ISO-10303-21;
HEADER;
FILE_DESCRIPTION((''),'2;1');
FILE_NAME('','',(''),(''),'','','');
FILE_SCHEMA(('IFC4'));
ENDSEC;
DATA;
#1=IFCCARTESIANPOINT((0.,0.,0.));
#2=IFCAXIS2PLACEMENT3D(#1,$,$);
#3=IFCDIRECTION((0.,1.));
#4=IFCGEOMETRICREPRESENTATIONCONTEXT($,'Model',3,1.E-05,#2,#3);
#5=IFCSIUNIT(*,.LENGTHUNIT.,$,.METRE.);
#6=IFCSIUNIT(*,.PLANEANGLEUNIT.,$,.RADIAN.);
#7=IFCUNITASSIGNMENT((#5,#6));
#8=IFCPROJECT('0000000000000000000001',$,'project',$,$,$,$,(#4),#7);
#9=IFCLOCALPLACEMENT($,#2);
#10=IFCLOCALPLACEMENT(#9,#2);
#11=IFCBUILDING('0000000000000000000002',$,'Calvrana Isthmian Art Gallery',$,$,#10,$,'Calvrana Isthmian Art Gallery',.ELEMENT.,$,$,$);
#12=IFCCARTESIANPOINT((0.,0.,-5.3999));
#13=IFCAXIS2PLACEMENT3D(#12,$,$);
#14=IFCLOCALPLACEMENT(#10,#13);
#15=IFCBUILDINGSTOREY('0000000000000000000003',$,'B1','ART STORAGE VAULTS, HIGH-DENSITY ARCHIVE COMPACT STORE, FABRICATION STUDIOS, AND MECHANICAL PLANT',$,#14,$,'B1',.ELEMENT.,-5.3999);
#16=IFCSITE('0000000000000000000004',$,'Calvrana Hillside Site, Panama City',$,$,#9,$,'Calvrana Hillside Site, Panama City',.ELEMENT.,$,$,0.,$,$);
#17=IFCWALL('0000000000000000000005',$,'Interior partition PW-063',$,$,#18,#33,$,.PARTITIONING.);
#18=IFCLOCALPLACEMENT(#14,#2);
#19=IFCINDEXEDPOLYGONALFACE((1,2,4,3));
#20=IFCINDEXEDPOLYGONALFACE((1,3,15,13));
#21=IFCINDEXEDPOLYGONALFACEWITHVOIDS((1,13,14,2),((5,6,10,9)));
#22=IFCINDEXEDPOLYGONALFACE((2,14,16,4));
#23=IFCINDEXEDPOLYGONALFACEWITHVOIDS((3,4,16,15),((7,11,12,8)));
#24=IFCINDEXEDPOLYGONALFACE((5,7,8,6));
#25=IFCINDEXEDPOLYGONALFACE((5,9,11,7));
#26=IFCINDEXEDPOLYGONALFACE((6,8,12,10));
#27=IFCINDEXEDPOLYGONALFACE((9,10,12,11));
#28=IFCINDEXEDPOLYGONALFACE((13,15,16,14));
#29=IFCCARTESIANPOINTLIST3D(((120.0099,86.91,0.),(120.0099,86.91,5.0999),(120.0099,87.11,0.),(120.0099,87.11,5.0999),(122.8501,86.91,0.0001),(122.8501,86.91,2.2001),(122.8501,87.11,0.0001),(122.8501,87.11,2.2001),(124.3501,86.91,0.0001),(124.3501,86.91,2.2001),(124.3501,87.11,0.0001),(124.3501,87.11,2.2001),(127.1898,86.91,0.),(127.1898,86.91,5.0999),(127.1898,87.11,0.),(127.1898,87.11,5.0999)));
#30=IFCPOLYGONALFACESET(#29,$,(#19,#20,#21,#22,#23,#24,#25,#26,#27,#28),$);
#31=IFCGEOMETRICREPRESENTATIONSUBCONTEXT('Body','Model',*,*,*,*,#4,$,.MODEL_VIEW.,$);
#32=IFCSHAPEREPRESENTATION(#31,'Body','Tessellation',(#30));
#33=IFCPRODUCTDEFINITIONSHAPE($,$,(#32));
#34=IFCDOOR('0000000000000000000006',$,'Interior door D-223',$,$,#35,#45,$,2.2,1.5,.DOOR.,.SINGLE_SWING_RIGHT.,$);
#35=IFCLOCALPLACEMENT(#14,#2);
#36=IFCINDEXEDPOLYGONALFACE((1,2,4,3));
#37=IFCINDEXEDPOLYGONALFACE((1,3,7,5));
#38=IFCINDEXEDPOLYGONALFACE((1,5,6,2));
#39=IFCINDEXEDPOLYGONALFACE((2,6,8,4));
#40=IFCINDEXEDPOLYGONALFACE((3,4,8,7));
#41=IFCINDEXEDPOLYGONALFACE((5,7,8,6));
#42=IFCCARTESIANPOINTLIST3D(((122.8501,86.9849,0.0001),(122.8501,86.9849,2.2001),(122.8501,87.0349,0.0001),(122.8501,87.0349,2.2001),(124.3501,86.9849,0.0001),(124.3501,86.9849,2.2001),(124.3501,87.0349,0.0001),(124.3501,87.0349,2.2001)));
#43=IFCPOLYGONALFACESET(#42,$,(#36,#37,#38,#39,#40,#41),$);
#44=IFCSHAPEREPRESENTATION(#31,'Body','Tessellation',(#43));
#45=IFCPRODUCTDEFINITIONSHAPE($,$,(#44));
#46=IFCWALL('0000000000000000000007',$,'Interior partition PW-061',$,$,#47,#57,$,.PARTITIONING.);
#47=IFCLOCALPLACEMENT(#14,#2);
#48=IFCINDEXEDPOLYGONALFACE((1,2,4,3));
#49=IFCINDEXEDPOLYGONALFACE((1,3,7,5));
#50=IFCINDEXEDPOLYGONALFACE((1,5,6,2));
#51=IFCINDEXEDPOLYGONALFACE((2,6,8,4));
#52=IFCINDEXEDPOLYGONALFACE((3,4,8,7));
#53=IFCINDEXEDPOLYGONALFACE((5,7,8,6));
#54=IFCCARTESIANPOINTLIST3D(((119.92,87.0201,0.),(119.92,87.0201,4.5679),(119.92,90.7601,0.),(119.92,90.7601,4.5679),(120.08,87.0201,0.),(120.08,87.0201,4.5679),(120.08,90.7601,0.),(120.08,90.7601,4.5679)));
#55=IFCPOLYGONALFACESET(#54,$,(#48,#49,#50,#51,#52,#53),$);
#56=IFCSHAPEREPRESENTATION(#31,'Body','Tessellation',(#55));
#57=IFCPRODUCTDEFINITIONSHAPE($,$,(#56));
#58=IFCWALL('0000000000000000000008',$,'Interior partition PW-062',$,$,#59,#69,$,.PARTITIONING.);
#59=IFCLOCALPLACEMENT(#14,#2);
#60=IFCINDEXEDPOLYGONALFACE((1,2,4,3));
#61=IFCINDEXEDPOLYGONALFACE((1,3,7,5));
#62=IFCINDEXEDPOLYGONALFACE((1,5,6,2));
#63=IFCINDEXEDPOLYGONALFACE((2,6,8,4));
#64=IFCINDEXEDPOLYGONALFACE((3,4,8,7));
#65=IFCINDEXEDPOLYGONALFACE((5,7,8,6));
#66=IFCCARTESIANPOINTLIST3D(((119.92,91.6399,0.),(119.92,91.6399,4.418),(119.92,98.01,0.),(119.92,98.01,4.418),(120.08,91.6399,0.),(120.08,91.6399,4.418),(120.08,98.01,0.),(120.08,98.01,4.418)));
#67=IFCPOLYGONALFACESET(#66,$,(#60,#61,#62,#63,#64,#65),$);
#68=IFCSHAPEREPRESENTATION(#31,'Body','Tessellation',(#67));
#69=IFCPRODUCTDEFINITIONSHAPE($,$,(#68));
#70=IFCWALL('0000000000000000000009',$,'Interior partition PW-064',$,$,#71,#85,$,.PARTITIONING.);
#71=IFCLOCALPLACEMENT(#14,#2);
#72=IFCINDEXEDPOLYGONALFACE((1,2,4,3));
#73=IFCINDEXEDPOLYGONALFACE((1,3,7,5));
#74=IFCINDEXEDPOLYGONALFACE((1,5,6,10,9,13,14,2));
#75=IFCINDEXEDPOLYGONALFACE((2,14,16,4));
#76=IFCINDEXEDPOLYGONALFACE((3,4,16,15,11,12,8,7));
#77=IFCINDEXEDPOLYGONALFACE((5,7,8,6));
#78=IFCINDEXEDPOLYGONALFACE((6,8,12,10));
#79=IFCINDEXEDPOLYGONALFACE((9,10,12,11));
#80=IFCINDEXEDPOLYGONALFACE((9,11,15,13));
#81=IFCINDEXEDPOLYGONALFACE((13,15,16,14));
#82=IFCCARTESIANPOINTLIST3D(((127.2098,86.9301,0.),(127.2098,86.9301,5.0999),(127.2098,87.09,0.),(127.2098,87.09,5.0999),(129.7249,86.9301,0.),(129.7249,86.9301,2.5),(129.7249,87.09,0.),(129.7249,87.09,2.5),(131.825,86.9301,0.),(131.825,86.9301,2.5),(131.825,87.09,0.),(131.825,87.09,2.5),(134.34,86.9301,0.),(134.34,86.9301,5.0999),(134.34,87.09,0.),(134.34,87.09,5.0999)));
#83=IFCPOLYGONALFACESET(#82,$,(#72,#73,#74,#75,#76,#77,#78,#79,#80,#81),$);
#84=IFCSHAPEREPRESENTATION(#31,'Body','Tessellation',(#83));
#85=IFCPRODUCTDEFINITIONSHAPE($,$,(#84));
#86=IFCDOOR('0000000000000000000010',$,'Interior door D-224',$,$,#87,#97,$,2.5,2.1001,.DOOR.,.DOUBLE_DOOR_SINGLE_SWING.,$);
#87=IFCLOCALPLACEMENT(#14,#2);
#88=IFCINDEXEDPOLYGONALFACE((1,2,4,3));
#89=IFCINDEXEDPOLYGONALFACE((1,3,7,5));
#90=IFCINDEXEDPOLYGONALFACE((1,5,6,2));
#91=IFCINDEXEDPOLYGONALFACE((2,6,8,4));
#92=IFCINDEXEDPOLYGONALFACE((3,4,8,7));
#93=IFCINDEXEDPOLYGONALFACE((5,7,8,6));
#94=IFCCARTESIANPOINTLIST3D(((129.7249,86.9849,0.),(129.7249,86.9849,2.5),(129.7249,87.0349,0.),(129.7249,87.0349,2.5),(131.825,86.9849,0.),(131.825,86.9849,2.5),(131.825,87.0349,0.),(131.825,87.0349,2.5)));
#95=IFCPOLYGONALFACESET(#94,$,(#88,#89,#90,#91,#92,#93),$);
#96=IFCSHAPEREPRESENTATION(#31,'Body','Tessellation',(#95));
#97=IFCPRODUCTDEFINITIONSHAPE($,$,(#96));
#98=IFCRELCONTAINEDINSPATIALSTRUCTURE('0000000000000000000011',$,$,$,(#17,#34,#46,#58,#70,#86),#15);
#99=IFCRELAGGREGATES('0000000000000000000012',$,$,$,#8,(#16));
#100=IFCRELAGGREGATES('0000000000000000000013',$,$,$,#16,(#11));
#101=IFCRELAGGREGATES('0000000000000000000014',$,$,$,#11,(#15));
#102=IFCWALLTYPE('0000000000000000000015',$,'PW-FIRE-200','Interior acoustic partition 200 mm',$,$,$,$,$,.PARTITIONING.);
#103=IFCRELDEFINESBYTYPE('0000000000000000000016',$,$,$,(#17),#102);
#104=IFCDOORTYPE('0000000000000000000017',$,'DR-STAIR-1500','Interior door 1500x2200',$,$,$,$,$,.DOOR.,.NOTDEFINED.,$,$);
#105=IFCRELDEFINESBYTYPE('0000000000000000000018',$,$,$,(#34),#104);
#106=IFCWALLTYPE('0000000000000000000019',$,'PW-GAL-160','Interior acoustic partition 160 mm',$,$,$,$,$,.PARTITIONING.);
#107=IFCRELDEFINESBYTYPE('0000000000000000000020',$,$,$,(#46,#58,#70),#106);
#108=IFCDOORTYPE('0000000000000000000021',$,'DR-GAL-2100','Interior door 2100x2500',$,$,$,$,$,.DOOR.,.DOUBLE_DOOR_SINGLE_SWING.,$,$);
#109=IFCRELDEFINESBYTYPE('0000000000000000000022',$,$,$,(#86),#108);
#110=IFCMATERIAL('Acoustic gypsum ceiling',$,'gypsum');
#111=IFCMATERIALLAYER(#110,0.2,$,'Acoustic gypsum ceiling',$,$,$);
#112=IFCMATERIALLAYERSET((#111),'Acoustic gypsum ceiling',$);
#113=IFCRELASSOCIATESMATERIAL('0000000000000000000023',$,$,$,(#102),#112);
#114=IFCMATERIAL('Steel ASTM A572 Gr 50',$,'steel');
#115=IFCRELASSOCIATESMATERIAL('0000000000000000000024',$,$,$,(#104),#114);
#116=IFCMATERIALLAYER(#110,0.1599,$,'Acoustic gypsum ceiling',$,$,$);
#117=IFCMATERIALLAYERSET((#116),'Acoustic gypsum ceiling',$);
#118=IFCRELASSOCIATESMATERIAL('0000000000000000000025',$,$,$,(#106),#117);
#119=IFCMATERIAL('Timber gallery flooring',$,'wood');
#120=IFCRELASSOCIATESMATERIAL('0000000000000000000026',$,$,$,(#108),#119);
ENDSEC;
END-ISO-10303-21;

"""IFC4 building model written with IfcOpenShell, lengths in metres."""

from ifc_helpers import new_model, si_unit, direction, frame, frame_2d, origin, place, context, subcontext, project, spatial, rectangle, extrude, material, layer, layer_set, type_object, element, fill, save


model = new_model("IFC4")

# Units and contexts
model_context = context("Model", 3, precision=1e-05, world=origin(), true_north=direction((0.0, 1.0)))
body_context = subcontext(model_context, "Body", "Model", "MODEL_VIEW")
ifc_project = project(units=[si_unit("LENGTHUNIT", "METRE"), si_unit("PLANEANGLEUNIT", "RADIAN")], contexts=[model_context])

# Site, building, storey
site_placement = place(None, origin())
site = spatial("IfcSite", under=ifc_project, at=site_placement, Name="Calvrana Hillside Site, Panama City", LongName="Calvrana Hillside Site, Panama City", CompositionType="ELEMENT", RefElevation=0.0)
building_placement = place(site_placement, origin())
building = spatial("IfcBuilding", under=site, at=building_placement, Name="Calvrana Isthmian Art Gallery", LongName="Calvrana Isthmian Art Gallery", CompositionType="ELEMENT")
storey_placement = place(building_placement, frame((0.0, 0.0, -5.3999)))
storey = spatial("IfcBuildingStorey", under=building, at=storey_placement, Name="B1", Description="ART STORAGE VAULTS, HIGH-DENSITY ARCHIVE COMPACT STORE, FABRICATION STUDIOS, AND MECHANICAL PLANT", LongName="B1", CompositionType="ELEMENT", Elevation=-5.3999)

# Wall, opening, door
ifc_material_1 = material(Name="Acoustic gypsum ceiling", Category="gypsum")
ifc_layer_1 = layer(ifc_material_1, 0.2, Name="Acoustic gypsum ceiling")
ifc_layer_set_1 = layer_set([ifc_layer_1], Name="Acoustic gypsum ceiling")
wall_type_1 = type_object("IfcWallType", Name="PW-FIRE-200", Description="Interior acoustic partition 200 mm", PredefinedType="PARTITIONING", material=ifc_layer_set_1)
ifc_material_2 = material(Name="Steel ASTM A572 Gr 50", Category="steel")
wall_1_placement = place(storey_placement, frame((120.01, 87.01, 0.0), z_axis=(0.0, 0.0, 1.0), x_axis=(1.0, 0.0, 0.0)))
wall_1 = element("IfcWall", 1, at=wall_1_placement, inside=storey, type_object=wall_type_1, Name="Interior partition PW-063", PredefinedType="PARTITIONING", context=body_context, shape_type="SweptSolid", body=[
    extrude(rectangle(XDim=7.1799, YDim=0.2, at=frame_2d((3.5898, 0.0))), origin(), (0.0, 0.0, 1.0), 5.0999),
])
opening_1_placement = place(wall_1_placement, frame((2.8401, 0.0, 0.0)))
opening_1 = element("IfcOpeningElement", 2, at=opening_1_placement, cuts=wall_1, PredefinedType="OPENING", context=body_context, shape_type="SweptSolid", body=[
    extrude(rectangle(XDim=1.5, YDim=2.2, at=frame_2d((0.75, 1.1001))), frame((0.0, 0.1104, 0.0), z_axis=(0.0, -1.0, 0.0), x_axis=(1.0, 0.0, 0.0)), (0.0, 0.0, 1.0), 0.2205),
])
door_type_1 = type_object("IfcDoorType", Name="DR-STAIR-1500", Description="Interior door 1500x2200", OperationType="NOTDEFINED", PredefinedType="DOOR", material=ifc_material_2)
door_1_placement = place(opening_1_placement, origin())
door_1 = element("IfcDoor", 3, at=door_1_placement, inside=storey, type_object=door_type_1, Name="Interior door D-223", OperationType="SINGLE_SWING_RIGHT", OverallHeight=2.2, OverallWidth=1.5, PredefinedType="DOOR", context=body_context, shape_type="SweptSolid", body=[
    extrude(rectangle(XDim=1.5, YDim=2.2, at=frame_2d((0.75, 1.1001))), frame((0.0, 0.0249, 0.0), z_axis=(0.0, -1.0, 0.0), x_axis=(1.0, 0.0, 0.0)), (0.0, 0.0, 1.0), 0.05),
])
fill(opening_1, door_1)

# Walls
ifc_layer_2 = layer(ifc_material_1, 0.1599, Name="Acoustic gypsum ceiling")
ifc_layer_set_2 = layer_set([ifc_layer_2], Name="Acoustic gypsum ceiling")
wall_type_2 = type_object("IfcWallType", Name="PW-GAL-160", Description="Interior acoustic partition 160 mm", PredefinedType="PARTITIONING", material=ifc_layer_set_2)
wall_2_placement = place(storey_placement, frame((120.0, 87.02, 0.0), z_axis=(0.0, 0.0, 1.0), x_axis=(0.0, 1.0, 0.0)))
element("IfcWall", 4, at=wall_2_placement, inside=storey, type_object=wall_type_2, Name="Interior partition PW-061", PredefinedType="PARTITIONING", context=body_context, shape_type="SweptSolid", body=[
    extrude(rectangle(XDim=3.74, YDim=0.1599, at=frame_2d((1.8701, 0.0))), origin(), (0.0, 0.0, 1.0), 4.5679),
])
wall_3_placement = place(storey_placement, frame((120.0, 91.6399, 0.0), z_axis=(0.0, 0.0, 1.0), x_axis=(0.0, 1.0, 0.0)))
element("IfcWall", 5, at=wall_3_placement, inside=storey, type_object=wall_type_2, Name="Interior partition PW-062", PredefinedType="PARTITIONING", context=body_context, shape_type="SweptSolid", body=[
    extrude(rectangle(XDim=6.3701, YDim=0.1599, at=frame_2d((3.1851, 0.0))), origin(), (0.0, 0.0, 1.0), 4.418),
])

# Wall, opening, door
wall_4_placement = place(storey_placement, frame((127.21, 87.01, 0.0), z_axis=(0.0, 0.0, 1.0), x_axis=(1.0, 0.0, 0.0)))
wall_4 = element("IfcWall", 6, at=wall_4_placement, inside=storey, type_object=wall_type_2, Name="Interior partition PW-064", PredefinedType="PARTITIONING", context=body_context, shape_type="SweptSolid", body=[
    extrude(rectangle(XDim=7.1301, YDim=0.1599, at=frame_2d((3.5649, 0.0))), origin(), (0.0, 0.0, 1.0), 5.0999),
])
opening_2_placement = place(wall_4_placement, frame((2.5149, 0.0, 0.0)))
opening_2 = element("IfcOpeningElement", 7, at=opening_2_placement, cuts=wall_4, PredefinedType="OPENING", context=body_context, shape_type="SweptSolid", body=[
    extrude(rectangle(XDim=2.1001, YDim=2.5, at=frame_2d((1.05, 1.25))), frame((0.0, 0.0903, 0.0), z_axis=(0.0, -1.0, 0.0), x_axis=(1.0, 0.0, 0.0)), (0.0, 0.0, 1.0), 0.1804),
])
ifc_material_3 = material(Name="Timber gallery flooring", Category="wood")
door_type_2 = type_object("IfcDoorType", Name="DR-GAL-2100", Description="Interior door 2100x2500", OperationType="DOUBLE_DOOR_SINGLE_SWING", PredefinedType="DOOR", material=ifc_material_3)
door_2_placement = place(opening_2_placement, origin())
door_2 = element("IfcDoor", 8, at=door_2_placement, inside=storey, type_object=door_type_2, Name="Interior door D-224", OperationType="DOUBLE_DOOR_SINGLE_SWING", OverallHeight=2.5, OverallWidth=2.1001, PredefinedType="DOOR", context=body_context, shape_type="SweptSolid", body=[
    extrude(rectangle(XDim=2.1001, YDim=2.5, at=frame_2d((1.05, 1.25))), frame((0.0, 0.0249, 0.0), z_axis=(0.0, -1.0, 0.0), x_axis=(1.0, 0.0, 0.0)), (0.0, 0.0, 1.0), 0.05),
])
fill(opening_2, door_2)

save(model, "model.ifc")
